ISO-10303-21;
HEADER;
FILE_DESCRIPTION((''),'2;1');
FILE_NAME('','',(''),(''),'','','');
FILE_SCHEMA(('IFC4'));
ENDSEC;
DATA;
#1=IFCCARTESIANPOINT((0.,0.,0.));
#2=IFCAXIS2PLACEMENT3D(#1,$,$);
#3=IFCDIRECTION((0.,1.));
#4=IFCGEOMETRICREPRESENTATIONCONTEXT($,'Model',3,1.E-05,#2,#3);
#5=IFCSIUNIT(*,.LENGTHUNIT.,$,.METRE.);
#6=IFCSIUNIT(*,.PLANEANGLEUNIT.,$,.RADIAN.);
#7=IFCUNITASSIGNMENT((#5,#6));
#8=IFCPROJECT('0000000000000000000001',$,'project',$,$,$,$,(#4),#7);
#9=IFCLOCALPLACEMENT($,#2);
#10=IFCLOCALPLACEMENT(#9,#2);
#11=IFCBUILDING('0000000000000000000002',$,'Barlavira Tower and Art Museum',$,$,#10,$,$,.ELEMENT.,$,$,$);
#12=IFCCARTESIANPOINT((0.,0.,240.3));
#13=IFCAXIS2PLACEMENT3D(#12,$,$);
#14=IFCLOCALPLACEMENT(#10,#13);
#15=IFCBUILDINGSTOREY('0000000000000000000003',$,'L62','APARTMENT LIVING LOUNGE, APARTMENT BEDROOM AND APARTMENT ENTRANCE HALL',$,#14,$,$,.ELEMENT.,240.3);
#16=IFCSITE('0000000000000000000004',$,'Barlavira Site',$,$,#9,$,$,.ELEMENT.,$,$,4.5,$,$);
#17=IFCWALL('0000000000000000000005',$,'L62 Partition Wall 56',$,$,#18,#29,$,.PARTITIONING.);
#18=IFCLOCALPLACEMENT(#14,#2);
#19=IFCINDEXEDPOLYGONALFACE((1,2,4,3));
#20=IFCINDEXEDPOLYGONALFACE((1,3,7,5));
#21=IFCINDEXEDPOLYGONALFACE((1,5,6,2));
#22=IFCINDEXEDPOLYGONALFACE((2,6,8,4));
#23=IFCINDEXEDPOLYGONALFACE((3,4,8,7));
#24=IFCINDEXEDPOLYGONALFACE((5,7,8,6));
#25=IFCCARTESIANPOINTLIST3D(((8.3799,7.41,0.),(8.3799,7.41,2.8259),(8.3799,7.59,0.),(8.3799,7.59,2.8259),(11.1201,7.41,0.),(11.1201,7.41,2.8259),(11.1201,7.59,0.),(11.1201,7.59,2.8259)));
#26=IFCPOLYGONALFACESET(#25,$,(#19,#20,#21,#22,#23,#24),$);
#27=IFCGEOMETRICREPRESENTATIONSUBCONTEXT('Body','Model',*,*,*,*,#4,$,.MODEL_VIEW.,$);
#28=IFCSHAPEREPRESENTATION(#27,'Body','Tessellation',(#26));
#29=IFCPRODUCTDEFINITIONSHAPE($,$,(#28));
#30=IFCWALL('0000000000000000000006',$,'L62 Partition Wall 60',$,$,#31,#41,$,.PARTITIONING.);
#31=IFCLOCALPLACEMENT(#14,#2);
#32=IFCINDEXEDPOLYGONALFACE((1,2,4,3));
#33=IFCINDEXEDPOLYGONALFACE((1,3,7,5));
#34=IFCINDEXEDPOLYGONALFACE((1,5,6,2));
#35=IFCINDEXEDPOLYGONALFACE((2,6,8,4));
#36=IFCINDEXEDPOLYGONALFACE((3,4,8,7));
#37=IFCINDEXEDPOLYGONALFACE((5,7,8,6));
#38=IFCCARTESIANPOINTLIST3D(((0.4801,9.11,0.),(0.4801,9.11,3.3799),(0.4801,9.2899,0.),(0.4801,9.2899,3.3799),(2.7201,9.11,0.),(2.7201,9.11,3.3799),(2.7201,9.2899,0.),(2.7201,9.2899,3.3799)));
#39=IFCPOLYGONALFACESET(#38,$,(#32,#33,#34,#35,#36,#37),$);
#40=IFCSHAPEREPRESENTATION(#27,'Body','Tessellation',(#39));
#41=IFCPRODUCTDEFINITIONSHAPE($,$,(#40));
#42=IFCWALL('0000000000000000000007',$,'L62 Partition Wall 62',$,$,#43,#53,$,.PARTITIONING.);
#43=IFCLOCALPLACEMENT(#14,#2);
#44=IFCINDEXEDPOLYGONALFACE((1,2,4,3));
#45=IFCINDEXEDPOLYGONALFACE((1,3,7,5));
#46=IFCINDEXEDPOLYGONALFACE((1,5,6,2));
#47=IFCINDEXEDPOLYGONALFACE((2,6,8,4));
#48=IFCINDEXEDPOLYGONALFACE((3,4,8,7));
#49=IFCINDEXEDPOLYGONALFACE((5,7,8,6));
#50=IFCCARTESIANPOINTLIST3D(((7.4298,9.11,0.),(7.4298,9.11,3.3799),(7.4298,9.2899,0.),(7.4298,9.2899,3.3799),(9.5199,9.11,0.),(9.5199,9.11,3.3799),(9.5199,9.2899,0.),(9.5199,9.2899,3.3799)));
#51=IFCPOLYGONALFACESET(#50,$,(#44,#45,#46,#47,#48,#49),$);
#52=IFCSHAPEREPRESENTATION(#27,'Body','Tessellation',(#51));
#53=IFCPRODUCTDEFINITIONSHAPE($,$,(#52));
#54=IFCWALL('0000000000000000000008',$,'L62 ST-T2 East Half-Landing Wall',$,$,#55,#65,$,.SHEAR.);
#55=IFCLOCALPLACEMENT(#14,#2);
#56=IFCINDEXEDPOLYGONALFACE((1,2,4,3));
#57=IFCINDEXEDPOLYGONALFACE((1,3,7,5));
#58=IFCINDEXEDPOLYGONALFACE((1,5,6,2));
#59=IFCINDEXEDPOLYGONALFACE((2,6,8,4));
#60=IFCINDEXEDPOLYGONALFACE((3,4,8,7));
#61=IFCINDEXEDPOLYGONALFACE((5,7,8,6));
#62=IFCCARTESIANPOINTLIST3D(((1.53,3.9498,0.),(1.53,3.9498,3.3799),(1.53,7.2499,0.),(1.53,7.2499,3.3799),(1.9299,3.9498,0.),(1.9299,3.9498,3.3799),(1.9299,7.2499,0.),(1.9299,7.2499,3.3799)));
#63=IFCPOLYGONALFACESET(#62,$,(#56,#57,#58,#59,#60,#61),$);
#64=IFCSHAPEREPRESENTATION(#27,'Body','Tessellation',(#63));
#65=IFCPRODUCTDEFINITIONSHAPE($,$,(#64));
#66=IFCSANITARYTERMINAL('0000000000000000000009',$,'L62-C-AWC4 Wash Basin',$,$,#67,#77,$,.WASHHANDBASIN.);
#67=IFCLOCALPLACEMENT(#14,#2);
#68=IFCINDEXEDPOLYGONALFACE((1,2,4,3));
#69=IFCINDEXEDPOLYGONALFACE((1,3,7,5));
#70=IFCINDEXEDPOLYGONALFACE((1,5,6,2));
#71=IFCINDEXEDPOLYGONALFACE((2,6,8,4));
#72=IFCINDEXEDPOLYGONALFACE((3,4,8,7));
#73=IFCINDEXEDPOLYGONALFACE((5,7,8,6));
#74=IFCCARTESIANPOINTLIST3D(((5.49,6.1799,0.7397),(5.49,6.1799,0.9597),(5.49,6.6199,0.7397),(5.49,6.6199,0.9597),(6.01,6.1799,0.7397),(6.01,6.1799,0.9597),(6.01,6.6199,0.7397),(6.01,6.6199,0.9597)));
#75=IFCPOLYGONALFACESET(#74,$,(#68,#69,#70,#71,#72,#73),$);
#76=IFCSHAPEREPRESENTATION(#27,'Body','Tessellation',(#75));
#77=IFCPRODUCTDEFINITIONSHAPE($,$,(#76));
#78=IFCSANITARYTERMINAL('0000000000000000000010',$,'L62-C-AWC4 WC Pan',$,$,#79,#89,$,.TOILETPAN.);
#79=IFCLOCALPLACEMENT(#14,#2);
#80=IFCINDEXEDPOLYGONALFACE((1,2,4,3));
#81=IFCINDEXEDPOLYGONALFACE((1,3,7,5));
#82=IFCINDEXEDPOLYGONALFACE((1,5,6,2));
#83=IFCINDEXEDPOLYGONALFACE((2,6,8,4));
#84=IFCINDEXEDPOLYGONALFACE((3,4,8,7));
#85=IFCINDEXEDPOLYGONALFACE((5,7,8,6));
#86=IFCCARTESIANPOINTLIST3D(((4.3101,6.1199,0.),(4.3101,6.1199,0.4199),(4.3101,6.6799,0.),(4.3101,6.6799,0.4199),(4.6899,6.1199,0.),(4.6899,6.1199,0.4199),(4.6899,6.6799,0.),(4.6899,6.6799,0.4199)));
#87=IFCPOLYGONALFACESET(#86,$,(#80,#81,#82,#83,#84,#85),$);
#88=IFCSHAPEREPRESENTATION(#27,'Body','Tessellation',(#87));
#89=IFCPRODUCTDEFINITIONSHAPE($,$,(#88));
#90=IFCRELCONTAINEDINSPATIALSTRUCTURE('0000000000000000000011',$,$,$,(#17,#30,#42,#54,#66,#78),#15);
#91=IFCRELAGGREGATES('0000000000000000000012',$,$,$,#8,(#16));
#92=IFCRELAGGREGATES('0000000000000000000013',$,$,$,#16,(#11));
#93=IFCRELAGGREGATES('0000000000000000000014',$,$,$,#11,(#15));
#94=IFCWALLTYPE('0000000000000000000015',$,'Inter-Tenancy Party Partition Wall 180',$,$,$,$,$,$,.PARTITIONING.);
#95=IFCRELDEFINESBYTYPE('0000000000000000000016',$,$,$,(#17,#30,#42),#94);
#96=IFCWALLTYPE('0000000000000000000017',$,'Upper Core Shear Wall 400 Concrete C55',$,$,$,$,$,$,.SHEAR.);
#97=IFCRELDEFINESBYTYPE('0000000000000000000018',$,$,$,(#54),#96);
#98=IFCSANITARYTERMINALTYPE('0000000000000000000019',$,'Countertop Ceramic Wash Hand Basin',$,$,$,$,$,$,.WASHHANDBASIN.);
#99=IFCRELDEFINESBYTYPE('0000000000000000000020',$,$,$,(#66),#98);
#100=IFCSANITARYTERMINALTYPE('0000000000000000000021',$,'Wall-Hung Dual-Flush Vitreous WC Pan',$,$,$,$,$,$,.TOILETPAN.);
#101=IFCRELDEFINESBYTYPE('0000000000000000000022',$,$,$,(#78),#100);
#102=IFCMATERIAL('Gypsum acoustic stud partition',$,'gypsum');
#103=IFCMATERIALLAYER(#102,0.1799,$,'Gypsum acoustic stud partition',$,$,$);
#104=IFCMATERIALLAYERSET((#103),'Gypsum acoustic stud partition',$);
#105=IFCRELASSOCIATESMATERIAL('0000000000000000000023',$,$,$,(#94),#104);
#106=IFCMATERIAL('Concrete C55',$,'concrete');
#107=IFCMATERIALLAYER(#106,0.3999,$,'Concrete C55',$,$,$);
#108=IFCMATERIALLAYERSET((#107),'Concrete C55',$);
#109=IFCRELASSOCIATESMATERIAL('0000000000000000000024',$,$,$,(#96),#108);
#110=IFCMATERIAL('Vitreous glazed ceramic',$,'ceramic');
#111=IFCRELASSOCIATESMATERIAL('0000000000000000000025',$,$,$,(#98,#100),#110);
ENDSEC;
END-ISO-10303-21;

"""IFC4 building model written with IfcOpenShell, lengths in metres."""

from ifc_helpers import new_model, si_unit, direction, frame, frame_2d, origin, origin_2d, place, context, subcontext, project, spatial, rectangle, extrude, material, layer, layer_set, type_object, element, save


model = new_model("IFC4")

# Units and contexts
model_context = context("Model", 3, precision=1e-05, world=origin(), true_north=direction((0.0, 1.0)))
body_context = subcontext(model_context, "Body", "Model", "MODEL_VIEW")
ifc_project = project(units=[si_unit("LENGTHUNIT", "METRE"), si_unit("PLANEANGLEUNIT", "RADIAN")], contexts=[model_context])

# Site, building, storey
site_placement = place(None, origin())
site = spatial("IfcSite", under=ifc_project, at=site_placement, Name="Barlavira Site", CompositionType="ELEMENT", RefElevation=4.5)
building_placement = place(site_placement, origin())
building = spatial("IfcBuilding", under=site, at=building_placement, Name="Barlavira Tower and Art Museum", CompositionType="ELEMENT")
storey_placement = place(building_placement, frame((0.0, 0.0, 240.3)))
storey = spatial("IfcBuildingStorey", under=building, at=storey_placement, Name="L62", Description="APARTMENT LIVING LOUNGE, APARTMENT BEDROOM AND APARTMENT ENTRANCE HALL", CompositionType="ELEMENT", Elevation=240.3)

# Shared definitions
ifc_material_1 = material(Name="Gypsum acoustic stud partition", Category="gypsum")

# Walls
ifc_layer_1 = layer(ifc_material_1, 0.1799, Name="Gypsum acoustic stud partition")
ifc_layer_set_1 = layer_set([ifc_layer_1], Name="Gypsum acoustic stud partition")
wall_type_1 = type_object("IfcWallType", Name="Inter-Tenancy Party Partition Wall 180", PredefinedType="PARTITIONING", material=ifc_layer_set_1)
wall_1_placement = place(storey_placement, frame((8.3799, 7.5, 0.0), z_axis=(0.0, 0.0, 1.0), x_axis=(1.0, 0.0, 0.0)))
element("IfcWall", 1, at=wall_1_placement, inside=storey, type_object=wall_type_1, Name="L62 Partition Wall 56", PredefinedType="PARTITIONING", context=body_context, shape_type="SweptSolid", body=[
    extrude(rectangle(XDim=2.7402, YDim=0.1799, at=frame_2d((1.3701, 0.0))), origin(), (0.0, 0.0, 1.0), 2.8259),
])
wall_2_placement = place(storey_placement, frame((0.48, 9.2, 0.0), z_axis=(0.0, 0.0, 1.0), x_axis=(1.0, 0.0, 0.0)))
element("IfcWall", 2, at=wall_2_placement, inside=storey, type_object=wall_type_1, Name="L62 Partition Wall 60", PredefinedType="PARTITIONING", context=body_context, shape_type="SweptSolid", body=[
    extrude(rectangle(XDim=2.24, YDim=0.1799, at=frame_2d((1.1201, 0.0))), origin(), (0.0, 0.0, 1.0), 3.3799),
])

# Walls
wall_3_placement = place(storey_placement, frame((7.4299, 9.2, 0.0), z_axis=(0.0, 0.0, 1.0), x_axis=(1.0, 0.0, 0.0)))
element("IfcWall", 3, at=wall_3_placement, inside=storey, type_object=wall_type_1, Name="L62 Partition Wall 62", PredefinedType="PARTITIONING", context=body_context, shape_type="SweptSolid", body=[
    extrude(rectangle(XDim=2.0901, YDim=0.1799, at=frame_2d((1.0449, 0.0))), origin(), (0.0, 0.0, 1.0), 3.3799),
])
ifc_material_2 = material(Name="Concrete C55", Category="concrete")
ifc_layer_2 = layer(ifc_material_2, 0.3999, Name="Concrete C55")
ifc_layer_set_2 = layer_set([ifc_layer_2], Name="Concrete C55")
wall_type_2 = type_object("IfcWallType", Name="Upper Core Shear Wall 400 Concrete C55", PredefinedType="SHEAR", material=ifc_layer_set_2)
wall_4_placement = place(storey_placement, frame((1.73, 3.95, 0.0), z_axis=(0.0, 0.0, 1.0), x_axis=(0.0, 1.0, 0.0)))
element("IfcWall", 4, at=wall_4_placement, inside=storey, type_object=wall_type_2, Name="L62 ST-T2 East Half-Landing Wall", PredefinedType="SHEAR", context=body_context, shape_type="SweptSolid", body=[
    extrude(rectangle(XDim=3.3, YDim=0.3999, at=frame_2d((1.6499, 0.0))), origin(), (0.0, 0.0, 1.0), 3.3799),
])

# Sanitary terminals
ifc_material_3 = material(Name="Vitreous glazed ceramic", Category="ceramic")
sanitary_terminal_type_1 = type_object("IfcSanitaryTerminalType", Name="Countertop Ceramic Wash Hand Basin", PredefinedType="WASHHANDBASIN", material=ifc_material_3)
sanitary_terminal_1_placement = place(storey_placement, frame((5.75, 6.3999, 0.7397), z_axis=(0.0, 0.0, 1.0), x_axis=(1.0, 0.0, 0.0)))
element("IfcSanitaryTerminal", 5, at=sanitary_terminal_1_placement, inside=storey, type_object=sanitary_terminal_type_1, Name="L62-C-AWC4 Wash Basin", PredefinedType="WASHHANDBASIN", context=body_context, shape_type="SweptSolid", body=[
    extrude(rectangle(XDim=0.52, YDim=0.4399, at=origin_2d()), origin(), (0.0, 0.0, 1.0), 0.22),
])
sanitary_terminal_type_2 = type_object("IfcSanitaryTerminalType", Name="Wall-Hung Dual-Flush Vitreous WC Pan", PredefinedType="TOILETPAN", material=ifc_material_3)
sanitary_terminal_2_placement = place(storey_placement, frame((4.5, 6.3999, 0.0), z_axis=(0.0, 0.0, 1.0), x_axis=(1.0, 0.0, 0.0)))
element("IfcSanitaryTerminal", 6, at=sanitary_terminal_2_placement, inside=storey, type_object=sanitary_terminal_type_2, Name="L62-C-AWC4 WC Pan", PredefinedType="TOILETPAN", context=body_context, shape_type="SweptSolid", body=[
    extrude(rectangle(XDim=0.3799, YDim=0.5601, at=origin_2d()), origin(), (0.0, 0.0, 1.0), 0.4199),
])

save(model, "model.ifc")
